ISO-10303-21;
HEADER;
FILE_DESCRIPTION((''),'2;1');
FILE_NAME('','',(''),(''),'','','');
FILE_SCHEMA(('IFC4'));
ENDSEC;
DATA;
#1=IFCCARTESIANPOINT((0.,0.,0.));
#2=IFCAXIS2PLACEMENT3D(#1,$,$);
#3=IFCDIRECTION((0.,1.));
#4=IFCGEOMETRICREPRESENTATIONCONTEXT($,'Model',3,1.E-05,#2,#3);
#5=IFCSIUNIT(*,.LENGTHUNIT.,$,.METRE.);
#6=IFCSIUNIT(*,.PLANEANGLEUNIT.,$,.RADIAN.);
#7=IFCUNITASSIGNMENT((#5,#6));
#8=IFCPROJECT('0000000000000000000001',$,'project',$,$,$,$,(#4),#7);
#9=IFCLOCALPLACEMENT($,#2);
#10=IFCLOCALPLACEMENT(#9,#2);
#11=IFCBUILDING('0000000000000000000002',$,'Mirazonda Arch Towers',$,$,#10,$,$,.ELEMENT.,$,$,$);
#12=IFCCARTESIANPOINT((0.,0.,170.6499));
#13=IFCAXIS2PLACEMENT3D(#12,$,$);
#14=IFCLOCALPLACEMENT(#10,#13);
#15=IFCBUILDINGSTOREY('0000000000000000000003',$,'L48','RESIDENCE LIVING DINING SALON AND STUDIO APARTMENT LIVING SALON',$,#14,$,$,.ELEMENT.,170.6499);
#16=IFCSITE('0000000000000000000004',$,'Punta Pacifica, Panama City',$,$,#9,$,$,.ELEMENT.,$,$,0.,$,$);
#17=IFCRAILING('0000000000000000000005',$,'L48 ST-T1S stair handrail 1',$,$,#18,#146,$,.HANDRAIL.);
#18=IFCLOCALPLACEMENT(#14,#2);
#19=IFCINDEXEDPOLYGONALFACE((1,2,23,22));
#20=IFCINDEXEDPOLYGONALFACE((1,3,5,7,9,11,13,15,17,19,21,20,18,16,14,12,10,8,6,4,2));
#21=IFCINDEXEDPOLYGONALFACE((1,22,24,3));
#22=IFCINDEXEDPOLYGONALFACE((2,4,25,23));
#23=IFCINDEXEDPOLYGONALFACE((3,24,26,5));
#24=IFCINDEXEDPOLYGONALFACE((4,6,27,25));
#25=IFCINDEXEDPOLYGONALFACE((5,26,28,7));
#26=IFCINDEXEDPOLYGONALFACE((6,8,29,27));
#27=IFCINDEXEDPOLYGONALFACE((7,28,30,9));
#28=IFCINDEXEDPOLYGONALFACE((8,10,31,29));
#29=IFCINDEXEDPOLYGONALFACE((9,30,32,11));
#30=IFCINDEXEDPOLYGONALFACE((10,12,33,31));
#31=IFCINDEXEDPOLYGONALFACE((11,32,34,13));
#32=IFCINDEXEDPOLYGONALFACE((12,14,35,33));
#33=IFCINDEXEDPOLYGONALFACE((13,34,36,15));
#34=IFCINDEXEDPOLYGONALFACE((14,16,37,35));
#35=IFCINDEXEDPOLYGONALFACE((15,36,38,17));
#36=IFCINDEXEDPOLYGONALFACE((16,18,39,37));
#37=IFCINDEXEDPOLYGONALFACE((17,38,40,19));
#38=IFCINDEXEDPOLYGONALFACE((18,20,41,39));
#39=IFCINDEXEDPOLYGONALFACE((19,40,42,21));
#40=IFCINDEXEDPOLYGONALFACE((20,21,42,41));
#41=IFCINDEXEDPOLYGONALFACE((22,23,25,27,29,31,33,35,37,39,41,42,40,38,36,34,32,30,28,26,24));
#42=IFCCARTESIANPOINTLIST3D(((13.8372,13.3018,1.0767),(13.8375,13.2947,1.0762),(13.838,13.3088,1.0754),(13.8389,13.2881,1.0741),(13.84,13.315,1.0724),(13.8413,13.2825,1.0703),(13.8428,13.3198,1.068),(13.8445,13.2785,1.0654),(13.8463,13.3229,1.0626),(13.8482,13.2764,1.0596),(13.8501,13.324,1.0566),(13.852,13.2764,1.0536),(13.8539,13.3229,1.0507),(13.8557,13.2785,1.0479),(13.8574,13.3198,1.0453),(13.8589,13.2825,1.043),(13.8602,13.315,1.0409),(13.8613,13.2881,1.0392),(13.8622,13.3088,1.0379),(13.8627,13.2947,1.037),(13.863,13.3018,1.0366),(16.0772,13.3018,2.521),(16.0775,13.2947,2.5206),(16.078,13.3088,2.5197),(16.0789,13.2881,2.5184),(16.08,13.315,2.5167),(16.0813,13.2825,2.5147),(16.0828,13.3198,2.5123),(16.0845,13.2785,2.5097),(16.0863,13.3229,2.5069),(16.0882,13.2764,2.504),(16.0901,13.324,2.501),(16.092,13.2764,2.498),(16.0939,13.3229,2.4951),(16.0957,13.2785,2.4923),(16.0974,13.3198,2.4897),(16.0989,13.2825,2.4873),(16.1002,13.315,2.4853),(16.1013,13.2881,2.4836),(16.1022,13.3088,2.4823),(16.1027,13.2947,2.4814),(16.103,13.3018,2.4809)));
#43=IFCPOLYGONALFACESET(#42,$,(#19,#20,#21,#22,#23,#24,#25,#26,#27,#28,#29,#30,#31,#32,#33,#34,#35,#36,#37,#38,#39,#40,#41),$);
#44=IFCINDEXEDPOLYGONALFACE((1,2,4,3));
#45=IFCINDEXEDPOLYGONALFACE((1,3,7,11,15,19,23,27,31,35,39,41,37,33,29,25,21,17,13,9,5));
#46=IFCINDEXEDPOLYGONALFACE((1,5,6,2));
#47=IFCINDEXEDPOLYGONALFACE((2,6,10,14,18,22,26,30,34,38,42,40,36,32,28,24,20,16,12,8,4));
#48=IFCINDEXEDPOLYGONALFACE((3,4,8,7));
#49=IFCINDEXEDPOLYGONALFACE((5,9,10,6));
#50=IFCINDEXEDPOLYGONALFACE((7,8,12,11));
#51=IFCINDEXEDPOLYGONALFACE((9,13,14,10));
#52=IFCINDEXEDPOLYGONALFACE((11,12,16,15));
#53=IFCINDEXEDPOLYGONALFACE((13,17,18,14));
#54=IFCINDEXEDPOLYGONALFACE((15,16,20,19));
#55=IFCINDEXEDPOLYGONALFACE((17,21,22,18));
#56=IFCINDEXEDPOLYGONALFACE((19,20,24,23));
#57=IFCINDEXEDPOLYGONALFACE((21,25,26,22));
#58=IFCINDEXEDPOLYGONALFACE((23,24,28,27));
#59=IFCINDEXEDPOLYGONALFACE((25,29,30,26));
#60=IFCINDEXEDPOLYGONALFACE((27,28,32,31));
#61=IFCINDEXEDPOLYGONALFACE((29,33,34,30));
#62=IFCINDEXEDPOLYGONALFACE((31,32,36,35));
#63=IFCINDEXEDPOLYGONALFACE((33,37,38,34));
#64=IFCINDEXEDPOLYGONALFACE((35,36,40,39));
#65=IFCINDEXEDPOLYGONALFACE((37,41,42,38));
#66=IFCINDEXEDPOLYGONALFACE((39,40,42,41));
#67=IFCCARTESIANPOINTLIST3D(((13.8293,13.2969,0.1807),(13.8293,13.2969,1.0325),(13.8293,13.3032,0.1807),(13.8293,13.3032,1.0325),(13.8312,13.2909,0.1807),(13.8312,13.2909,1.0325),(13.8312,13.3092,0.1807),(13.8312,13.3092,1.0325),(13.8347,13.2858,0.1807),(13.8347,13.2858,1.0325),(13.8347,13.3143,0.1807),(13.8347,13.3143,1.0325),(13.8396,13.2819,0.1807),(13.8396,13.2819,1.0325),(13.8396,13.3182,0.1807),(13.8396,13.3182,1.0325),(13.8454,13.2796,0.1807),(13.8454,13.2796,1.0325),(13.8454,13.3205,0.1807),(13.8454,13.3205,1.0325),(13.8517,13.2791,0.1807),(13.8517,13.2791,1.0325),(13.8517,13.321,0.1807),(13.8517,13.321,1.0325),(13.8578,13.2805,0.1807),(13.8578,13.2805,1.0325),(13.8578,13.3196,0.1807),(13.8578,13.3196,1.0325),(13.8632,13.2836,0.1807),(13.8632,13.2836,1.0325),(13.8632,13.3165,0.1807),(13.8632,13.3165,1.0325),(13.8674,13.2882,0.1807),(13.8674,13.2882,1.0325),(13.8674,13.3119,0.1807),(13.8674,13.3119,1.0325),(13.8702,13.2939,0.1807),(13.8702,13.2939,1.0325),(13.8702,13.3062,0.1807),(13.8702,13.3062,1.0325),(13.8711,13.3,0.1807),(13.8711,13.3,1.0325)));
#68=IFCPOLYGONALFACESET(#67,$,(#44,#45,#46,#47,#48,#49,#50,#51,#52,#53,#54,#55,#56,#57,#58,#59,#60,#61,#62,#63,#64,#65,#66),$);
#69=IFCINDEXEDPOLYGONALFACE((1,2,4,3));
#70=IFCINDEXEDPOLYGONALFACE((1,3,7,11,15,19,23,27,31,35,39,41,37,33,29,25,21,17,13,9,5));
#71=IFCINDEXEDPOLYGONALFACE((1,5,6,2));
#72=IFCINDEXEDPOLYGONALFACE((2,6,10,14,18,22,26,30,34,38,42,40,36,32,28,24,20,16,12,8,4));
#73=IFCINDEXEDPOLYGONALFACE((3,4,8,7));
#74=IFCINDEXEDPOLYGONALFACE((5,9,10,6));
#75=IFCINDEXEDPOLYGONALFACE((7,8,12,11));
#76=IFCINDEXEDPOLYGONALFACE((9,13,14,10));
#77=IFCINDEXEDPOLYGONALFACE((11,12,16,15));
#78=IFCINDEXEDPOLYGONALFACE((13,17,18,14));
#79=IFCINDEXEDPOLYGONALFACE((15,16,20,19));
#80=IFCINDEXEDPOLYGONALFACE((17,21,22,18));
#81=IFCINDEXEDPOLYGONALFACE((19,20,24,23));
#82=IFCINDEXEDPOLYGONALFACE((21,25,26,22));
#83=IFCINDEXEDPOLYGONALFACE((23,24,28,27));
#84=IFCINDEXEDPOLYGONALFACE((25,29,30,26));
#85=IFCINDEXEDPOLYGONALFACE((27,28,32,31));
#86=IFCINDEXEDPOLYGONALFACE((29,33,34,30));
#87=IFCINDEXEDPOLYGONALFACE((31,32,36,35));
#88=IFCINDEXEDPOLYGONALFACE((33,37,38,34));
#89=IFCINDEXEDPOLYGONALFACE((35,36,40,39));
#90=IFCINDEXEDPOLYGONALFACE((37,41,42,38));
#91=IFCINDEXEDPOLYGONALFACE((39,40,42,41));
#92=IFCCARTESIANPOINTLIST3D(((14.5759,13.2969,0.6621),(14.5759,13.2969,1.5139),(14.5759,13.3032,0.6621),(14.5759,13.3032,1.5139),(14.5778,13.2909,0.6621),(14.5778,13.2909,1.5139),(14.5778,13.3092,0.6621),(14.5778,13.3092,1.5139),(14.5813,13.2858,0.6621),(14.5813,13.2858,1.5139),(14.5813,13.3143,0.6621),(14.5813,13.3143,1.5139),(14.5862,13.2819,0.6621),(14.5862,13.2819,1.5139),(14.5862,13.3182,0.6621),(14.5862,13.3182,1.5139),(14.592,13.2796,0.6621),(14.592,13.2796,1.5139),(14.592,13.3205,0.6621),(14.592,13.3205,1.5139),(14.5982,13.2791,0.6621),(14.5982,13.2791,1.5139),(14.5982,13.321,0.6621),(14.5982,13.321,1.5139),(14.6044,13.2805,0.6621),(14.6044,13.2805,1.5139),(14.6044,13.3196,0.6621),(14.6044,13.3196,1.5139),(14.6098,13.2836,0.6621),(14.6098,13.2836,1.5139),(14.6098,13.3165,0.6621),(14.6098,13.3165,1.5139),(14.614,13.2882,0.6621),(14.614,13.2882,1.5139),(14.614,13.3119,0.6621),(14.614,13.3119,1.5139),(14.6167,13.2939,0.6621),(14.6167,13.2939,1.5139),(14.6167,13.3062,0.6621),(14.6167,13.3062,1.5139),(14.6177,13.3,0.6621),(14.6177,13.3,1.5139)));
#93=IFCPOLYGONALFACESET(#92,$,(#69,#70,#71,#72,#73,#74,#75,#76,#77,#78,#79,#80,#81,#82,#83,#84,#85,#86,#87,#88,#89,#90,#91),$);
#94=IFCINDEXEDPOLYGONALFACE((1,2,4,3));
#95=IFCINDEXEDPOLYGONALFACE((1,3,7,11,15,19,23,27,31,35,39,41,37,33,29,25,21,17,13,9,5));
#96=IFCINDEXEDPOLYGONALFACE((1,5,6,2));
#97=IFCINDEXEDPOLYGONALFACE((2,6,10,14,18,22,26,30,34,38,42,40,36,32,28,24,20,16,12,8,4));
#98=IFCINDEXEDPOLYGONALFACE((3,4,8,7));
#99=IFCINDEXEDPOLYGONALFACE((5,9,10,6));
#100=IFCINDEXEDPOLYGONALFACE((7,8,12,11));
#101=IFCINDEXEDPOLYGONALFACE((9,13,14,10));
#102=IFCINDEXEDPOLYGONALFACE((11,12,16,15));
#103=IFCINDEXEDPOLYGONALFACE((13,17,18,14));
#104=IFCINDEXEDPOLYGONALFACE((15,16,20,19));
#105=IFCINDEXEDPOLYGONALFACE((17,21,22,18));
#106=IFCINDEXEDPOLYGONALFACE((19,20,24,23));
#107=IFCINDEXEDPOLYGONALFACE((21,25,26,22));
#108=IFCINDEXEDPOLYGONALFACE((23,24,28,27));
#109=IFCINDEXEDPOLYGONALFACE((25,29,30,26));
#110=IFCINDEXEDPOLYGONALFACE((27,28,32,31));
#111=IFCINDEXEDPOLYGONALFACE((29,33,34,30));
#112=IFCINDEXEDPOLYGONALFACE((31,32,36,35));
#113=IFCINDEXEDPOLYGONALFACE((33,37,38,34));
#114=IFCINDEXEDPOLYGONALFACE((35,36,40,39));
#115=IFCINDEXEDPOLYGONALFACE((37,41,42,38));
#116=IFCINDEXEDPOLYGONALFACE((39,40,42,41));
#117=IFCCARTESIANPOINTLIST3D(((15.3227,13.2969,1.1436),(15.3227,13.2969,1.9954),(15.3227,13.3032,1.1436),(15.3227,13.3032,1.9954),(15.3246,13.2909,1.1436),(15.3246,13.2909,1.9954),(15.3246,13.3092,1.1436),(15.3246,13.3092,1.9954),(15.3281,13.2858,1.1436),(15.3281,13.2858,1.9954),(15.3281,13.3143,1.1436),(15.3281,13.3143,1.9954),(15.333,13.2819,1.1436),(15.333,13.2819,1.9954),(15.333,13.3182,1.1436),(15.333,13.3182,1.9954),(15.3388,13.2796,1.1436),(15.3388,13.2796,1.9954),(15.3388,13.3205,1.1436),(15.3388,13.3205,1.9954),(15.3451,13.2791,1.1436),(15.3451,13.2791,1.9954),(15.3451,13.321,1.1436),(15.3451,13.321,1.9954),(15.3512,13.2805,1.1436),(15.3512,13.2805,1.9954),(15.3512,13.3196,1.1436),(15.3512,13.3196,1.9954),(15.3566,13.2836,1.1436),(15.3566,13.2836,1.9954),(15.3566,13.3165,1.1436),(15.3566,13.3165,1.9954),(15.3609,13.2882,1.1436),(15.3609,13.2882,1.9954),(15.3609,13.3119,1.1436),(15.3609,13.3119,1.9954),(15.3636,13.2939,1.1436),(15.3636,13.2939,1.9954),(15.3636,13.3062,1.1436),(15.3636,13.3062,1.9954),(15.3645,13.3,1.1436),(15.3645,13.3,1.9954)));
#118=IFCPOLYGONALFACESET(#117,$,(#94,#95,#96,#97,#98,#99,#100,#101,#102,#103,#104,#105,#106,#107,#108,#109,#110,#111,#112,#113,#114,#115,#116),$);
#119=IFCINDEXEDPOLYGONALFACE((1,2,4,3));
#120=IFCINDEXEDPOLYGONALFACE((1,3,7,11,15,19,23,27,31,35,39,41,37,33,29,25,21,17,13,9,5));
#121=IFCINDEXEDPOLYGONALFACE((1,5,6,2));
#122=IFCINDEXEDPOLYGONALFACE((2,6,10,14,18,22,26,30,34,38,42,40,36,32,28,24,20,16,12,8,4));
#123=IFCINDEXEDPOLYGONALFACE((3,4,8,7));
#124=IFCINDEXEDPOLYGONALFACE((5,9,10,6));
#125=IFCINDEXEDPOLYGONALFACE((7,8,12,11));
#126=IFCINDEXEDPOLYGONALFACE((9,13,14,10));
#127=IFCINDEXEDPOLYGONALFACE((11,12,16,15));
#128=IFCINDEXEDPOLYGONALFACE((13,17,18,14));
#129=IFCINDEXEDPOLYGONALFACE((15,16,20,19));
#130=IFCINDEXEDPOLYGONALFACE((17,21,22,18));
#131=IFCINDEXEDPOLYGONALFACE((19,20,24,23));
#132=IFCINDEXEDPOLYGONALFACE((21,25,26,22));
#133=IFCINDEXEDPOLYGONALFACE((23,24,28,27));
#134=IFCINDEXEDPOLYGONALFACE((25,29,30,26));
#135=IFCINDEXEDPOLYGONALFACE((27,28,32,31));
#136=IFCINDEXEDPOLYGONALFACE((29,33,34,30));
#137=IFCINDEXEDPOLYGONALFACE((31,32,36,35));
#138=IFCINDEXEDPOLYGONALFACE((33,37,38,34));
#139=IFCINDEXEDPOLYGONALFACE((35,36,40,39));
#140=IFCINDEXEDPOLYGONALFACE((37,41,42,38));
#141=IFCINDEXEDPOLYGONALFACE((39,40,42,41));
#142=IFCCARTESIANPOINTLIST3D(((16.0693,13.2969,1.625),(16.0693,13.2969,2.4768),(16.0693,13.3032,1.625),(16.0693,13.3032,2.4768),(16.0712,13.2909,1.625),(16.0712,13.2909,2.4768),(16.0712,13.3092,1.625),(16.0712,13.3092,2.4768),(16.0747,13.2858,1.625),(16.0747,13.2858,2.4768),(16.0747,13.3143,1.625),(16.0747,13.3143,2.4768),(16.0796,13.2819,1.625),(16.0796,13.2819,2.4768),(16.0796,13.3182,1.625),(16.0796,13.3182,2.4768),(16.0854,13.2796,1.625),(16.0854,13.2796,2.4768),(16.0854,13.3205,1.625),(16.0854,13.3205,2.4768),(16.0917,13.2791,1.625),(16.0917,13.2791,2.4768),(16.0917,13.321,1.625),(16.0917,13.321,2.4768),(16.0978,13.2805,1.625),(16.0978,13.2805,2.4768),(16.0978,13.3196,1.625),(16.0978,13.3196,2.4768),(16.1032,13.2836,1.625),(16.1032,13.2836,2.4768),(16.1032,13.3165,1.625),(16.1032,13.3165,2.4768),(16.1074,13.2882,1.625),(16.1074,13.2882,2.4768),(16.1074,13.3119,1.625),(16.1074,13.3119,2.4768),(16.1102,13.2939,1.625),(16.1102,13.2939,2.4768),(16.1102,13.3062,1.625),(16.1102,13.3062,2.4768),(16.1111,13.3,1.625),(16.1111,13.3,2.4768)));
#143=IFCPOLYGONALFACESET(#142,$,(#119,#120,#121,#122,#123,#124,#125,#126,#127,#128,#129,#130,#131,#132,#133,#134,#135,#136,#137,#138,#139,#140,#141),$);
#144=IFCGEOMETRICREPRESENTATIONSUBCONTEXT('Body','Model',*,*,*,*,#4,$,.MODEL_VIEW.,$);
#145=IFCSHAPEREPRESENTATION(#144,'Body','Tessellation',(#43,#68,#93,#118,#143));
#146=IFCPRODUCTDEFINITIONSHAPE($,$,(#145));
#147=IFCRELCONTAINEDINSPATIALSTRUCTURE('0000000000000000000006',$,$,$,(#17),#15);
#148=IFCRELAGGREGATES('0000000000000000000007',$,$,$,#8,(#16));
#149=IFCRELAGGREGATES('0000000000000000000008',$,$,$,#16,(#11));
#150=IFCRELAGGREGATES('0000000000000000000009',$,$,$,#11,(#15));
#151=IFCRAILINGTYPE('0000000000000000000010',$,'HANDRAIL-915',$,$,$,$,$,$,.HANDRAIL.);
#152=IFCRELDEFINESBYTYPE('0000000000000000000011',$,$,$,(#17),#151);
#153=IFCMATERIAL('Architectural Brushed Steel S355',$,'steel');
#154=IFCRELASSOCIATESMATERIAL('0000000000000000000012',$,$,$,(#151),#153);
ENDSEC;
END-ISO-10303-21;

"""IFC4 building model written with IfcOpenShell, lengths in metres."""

from ifc_helpers import new_model, si_unit, direction, frame, origin, origin_2d, place, context, subcontext, project, spatial, circle, extrude, material, type_object, element, save


model = new_model("IFC4")

# Units and contexts
model_context = context("Model", 3, precision=1e-05, world=origin(), true_north=direction((0.0, 1.0)))
body_context = subcontext(model_context, "Body", "Model", "MODEL_VIEW")
ifc_project = project(units=[si_unit("LENGTHUNIT", "METRE"), si_unit("PLANEANGLEUNIT", "RADIAN")], contexts=[model_context])

# Site, building, storey
site_placement = place(None, origin())
site = spatial("IfcSite", under=ifc_project, at=site_placement, Name="Punta Pacifica, Panama City", CompositionType="ELEMENT", RefElevation=0.0)
building_placement = place(site_placement, origin())
building = spatial("IfcBuilding", under=site, at=building_placement, Name="Mirazonda Arch Towers", CompositionType="ELEMENT")
storey_placement = place(building_placement, frame((0.0, 0.0, 170.6499)))
storey = spatial("IfcBuildingStorey", under=building, at=storey_placement, Name="L48", Description="RESIDENCE LIVING DINING SALON AND STUDIO APARTMENT LIVING SALON", CompositionType="ELEMENT", Elevation=170.6499)

# Shared definitions
ifc_material_1 = material(Name="Architectural Brushed Steel S355", Category="steel")

# Railing
railing_type_1 = type_object("IfcRailingType", Name="HANDRAIL-915", PredefinedType="HANDRAIL", material=ifc_material_1)
railing_1_placement = place(storey_placement, frame((13.8501, 13.3, 0.1807)))
element("IfcRailing", 1, at=railing_1_placement, inside=storey, type_object=railing_type_1, Name="L48 ST-T1S stair handrail 1", PredefinedType="HANDRAIL", context=body_context, shape_type="SweptSolid", body=[
    extrude(circle(Radius=0.0239, at=origin_2d()), frame((0.0, 0.0, 0.876), z_axis=(0.840437, 0.0, 0.54191), x_axis=(0.0, 1.0, 0.0)), (0.0, 0.0, 1.0), 2.6653),
    extrude(circle(Radius=0.021, at=origin_2d()), origin(), (0.0, 0.0, 1.0), 0.8518),
    extrude(circle(Radius=0.021, at=origin_2d()), frame((0.7466, 0.0, 0.4814)), (0.0, 0.0, 1.0), 0.8518),
    extrude(circle(Radius=0.021, at=origin_2d()), frame((1.4934, 0.0, 0.9629)), (0.0, 0.0, 1.0), 0.8518),
    extrude(circle(Radius=0.021, at=origin_2d()), frame((2.24, 0.0, 1.4443)), (0.0, 0.0, 1.0), 0.8518),
])

save(model, "model.ifc")
